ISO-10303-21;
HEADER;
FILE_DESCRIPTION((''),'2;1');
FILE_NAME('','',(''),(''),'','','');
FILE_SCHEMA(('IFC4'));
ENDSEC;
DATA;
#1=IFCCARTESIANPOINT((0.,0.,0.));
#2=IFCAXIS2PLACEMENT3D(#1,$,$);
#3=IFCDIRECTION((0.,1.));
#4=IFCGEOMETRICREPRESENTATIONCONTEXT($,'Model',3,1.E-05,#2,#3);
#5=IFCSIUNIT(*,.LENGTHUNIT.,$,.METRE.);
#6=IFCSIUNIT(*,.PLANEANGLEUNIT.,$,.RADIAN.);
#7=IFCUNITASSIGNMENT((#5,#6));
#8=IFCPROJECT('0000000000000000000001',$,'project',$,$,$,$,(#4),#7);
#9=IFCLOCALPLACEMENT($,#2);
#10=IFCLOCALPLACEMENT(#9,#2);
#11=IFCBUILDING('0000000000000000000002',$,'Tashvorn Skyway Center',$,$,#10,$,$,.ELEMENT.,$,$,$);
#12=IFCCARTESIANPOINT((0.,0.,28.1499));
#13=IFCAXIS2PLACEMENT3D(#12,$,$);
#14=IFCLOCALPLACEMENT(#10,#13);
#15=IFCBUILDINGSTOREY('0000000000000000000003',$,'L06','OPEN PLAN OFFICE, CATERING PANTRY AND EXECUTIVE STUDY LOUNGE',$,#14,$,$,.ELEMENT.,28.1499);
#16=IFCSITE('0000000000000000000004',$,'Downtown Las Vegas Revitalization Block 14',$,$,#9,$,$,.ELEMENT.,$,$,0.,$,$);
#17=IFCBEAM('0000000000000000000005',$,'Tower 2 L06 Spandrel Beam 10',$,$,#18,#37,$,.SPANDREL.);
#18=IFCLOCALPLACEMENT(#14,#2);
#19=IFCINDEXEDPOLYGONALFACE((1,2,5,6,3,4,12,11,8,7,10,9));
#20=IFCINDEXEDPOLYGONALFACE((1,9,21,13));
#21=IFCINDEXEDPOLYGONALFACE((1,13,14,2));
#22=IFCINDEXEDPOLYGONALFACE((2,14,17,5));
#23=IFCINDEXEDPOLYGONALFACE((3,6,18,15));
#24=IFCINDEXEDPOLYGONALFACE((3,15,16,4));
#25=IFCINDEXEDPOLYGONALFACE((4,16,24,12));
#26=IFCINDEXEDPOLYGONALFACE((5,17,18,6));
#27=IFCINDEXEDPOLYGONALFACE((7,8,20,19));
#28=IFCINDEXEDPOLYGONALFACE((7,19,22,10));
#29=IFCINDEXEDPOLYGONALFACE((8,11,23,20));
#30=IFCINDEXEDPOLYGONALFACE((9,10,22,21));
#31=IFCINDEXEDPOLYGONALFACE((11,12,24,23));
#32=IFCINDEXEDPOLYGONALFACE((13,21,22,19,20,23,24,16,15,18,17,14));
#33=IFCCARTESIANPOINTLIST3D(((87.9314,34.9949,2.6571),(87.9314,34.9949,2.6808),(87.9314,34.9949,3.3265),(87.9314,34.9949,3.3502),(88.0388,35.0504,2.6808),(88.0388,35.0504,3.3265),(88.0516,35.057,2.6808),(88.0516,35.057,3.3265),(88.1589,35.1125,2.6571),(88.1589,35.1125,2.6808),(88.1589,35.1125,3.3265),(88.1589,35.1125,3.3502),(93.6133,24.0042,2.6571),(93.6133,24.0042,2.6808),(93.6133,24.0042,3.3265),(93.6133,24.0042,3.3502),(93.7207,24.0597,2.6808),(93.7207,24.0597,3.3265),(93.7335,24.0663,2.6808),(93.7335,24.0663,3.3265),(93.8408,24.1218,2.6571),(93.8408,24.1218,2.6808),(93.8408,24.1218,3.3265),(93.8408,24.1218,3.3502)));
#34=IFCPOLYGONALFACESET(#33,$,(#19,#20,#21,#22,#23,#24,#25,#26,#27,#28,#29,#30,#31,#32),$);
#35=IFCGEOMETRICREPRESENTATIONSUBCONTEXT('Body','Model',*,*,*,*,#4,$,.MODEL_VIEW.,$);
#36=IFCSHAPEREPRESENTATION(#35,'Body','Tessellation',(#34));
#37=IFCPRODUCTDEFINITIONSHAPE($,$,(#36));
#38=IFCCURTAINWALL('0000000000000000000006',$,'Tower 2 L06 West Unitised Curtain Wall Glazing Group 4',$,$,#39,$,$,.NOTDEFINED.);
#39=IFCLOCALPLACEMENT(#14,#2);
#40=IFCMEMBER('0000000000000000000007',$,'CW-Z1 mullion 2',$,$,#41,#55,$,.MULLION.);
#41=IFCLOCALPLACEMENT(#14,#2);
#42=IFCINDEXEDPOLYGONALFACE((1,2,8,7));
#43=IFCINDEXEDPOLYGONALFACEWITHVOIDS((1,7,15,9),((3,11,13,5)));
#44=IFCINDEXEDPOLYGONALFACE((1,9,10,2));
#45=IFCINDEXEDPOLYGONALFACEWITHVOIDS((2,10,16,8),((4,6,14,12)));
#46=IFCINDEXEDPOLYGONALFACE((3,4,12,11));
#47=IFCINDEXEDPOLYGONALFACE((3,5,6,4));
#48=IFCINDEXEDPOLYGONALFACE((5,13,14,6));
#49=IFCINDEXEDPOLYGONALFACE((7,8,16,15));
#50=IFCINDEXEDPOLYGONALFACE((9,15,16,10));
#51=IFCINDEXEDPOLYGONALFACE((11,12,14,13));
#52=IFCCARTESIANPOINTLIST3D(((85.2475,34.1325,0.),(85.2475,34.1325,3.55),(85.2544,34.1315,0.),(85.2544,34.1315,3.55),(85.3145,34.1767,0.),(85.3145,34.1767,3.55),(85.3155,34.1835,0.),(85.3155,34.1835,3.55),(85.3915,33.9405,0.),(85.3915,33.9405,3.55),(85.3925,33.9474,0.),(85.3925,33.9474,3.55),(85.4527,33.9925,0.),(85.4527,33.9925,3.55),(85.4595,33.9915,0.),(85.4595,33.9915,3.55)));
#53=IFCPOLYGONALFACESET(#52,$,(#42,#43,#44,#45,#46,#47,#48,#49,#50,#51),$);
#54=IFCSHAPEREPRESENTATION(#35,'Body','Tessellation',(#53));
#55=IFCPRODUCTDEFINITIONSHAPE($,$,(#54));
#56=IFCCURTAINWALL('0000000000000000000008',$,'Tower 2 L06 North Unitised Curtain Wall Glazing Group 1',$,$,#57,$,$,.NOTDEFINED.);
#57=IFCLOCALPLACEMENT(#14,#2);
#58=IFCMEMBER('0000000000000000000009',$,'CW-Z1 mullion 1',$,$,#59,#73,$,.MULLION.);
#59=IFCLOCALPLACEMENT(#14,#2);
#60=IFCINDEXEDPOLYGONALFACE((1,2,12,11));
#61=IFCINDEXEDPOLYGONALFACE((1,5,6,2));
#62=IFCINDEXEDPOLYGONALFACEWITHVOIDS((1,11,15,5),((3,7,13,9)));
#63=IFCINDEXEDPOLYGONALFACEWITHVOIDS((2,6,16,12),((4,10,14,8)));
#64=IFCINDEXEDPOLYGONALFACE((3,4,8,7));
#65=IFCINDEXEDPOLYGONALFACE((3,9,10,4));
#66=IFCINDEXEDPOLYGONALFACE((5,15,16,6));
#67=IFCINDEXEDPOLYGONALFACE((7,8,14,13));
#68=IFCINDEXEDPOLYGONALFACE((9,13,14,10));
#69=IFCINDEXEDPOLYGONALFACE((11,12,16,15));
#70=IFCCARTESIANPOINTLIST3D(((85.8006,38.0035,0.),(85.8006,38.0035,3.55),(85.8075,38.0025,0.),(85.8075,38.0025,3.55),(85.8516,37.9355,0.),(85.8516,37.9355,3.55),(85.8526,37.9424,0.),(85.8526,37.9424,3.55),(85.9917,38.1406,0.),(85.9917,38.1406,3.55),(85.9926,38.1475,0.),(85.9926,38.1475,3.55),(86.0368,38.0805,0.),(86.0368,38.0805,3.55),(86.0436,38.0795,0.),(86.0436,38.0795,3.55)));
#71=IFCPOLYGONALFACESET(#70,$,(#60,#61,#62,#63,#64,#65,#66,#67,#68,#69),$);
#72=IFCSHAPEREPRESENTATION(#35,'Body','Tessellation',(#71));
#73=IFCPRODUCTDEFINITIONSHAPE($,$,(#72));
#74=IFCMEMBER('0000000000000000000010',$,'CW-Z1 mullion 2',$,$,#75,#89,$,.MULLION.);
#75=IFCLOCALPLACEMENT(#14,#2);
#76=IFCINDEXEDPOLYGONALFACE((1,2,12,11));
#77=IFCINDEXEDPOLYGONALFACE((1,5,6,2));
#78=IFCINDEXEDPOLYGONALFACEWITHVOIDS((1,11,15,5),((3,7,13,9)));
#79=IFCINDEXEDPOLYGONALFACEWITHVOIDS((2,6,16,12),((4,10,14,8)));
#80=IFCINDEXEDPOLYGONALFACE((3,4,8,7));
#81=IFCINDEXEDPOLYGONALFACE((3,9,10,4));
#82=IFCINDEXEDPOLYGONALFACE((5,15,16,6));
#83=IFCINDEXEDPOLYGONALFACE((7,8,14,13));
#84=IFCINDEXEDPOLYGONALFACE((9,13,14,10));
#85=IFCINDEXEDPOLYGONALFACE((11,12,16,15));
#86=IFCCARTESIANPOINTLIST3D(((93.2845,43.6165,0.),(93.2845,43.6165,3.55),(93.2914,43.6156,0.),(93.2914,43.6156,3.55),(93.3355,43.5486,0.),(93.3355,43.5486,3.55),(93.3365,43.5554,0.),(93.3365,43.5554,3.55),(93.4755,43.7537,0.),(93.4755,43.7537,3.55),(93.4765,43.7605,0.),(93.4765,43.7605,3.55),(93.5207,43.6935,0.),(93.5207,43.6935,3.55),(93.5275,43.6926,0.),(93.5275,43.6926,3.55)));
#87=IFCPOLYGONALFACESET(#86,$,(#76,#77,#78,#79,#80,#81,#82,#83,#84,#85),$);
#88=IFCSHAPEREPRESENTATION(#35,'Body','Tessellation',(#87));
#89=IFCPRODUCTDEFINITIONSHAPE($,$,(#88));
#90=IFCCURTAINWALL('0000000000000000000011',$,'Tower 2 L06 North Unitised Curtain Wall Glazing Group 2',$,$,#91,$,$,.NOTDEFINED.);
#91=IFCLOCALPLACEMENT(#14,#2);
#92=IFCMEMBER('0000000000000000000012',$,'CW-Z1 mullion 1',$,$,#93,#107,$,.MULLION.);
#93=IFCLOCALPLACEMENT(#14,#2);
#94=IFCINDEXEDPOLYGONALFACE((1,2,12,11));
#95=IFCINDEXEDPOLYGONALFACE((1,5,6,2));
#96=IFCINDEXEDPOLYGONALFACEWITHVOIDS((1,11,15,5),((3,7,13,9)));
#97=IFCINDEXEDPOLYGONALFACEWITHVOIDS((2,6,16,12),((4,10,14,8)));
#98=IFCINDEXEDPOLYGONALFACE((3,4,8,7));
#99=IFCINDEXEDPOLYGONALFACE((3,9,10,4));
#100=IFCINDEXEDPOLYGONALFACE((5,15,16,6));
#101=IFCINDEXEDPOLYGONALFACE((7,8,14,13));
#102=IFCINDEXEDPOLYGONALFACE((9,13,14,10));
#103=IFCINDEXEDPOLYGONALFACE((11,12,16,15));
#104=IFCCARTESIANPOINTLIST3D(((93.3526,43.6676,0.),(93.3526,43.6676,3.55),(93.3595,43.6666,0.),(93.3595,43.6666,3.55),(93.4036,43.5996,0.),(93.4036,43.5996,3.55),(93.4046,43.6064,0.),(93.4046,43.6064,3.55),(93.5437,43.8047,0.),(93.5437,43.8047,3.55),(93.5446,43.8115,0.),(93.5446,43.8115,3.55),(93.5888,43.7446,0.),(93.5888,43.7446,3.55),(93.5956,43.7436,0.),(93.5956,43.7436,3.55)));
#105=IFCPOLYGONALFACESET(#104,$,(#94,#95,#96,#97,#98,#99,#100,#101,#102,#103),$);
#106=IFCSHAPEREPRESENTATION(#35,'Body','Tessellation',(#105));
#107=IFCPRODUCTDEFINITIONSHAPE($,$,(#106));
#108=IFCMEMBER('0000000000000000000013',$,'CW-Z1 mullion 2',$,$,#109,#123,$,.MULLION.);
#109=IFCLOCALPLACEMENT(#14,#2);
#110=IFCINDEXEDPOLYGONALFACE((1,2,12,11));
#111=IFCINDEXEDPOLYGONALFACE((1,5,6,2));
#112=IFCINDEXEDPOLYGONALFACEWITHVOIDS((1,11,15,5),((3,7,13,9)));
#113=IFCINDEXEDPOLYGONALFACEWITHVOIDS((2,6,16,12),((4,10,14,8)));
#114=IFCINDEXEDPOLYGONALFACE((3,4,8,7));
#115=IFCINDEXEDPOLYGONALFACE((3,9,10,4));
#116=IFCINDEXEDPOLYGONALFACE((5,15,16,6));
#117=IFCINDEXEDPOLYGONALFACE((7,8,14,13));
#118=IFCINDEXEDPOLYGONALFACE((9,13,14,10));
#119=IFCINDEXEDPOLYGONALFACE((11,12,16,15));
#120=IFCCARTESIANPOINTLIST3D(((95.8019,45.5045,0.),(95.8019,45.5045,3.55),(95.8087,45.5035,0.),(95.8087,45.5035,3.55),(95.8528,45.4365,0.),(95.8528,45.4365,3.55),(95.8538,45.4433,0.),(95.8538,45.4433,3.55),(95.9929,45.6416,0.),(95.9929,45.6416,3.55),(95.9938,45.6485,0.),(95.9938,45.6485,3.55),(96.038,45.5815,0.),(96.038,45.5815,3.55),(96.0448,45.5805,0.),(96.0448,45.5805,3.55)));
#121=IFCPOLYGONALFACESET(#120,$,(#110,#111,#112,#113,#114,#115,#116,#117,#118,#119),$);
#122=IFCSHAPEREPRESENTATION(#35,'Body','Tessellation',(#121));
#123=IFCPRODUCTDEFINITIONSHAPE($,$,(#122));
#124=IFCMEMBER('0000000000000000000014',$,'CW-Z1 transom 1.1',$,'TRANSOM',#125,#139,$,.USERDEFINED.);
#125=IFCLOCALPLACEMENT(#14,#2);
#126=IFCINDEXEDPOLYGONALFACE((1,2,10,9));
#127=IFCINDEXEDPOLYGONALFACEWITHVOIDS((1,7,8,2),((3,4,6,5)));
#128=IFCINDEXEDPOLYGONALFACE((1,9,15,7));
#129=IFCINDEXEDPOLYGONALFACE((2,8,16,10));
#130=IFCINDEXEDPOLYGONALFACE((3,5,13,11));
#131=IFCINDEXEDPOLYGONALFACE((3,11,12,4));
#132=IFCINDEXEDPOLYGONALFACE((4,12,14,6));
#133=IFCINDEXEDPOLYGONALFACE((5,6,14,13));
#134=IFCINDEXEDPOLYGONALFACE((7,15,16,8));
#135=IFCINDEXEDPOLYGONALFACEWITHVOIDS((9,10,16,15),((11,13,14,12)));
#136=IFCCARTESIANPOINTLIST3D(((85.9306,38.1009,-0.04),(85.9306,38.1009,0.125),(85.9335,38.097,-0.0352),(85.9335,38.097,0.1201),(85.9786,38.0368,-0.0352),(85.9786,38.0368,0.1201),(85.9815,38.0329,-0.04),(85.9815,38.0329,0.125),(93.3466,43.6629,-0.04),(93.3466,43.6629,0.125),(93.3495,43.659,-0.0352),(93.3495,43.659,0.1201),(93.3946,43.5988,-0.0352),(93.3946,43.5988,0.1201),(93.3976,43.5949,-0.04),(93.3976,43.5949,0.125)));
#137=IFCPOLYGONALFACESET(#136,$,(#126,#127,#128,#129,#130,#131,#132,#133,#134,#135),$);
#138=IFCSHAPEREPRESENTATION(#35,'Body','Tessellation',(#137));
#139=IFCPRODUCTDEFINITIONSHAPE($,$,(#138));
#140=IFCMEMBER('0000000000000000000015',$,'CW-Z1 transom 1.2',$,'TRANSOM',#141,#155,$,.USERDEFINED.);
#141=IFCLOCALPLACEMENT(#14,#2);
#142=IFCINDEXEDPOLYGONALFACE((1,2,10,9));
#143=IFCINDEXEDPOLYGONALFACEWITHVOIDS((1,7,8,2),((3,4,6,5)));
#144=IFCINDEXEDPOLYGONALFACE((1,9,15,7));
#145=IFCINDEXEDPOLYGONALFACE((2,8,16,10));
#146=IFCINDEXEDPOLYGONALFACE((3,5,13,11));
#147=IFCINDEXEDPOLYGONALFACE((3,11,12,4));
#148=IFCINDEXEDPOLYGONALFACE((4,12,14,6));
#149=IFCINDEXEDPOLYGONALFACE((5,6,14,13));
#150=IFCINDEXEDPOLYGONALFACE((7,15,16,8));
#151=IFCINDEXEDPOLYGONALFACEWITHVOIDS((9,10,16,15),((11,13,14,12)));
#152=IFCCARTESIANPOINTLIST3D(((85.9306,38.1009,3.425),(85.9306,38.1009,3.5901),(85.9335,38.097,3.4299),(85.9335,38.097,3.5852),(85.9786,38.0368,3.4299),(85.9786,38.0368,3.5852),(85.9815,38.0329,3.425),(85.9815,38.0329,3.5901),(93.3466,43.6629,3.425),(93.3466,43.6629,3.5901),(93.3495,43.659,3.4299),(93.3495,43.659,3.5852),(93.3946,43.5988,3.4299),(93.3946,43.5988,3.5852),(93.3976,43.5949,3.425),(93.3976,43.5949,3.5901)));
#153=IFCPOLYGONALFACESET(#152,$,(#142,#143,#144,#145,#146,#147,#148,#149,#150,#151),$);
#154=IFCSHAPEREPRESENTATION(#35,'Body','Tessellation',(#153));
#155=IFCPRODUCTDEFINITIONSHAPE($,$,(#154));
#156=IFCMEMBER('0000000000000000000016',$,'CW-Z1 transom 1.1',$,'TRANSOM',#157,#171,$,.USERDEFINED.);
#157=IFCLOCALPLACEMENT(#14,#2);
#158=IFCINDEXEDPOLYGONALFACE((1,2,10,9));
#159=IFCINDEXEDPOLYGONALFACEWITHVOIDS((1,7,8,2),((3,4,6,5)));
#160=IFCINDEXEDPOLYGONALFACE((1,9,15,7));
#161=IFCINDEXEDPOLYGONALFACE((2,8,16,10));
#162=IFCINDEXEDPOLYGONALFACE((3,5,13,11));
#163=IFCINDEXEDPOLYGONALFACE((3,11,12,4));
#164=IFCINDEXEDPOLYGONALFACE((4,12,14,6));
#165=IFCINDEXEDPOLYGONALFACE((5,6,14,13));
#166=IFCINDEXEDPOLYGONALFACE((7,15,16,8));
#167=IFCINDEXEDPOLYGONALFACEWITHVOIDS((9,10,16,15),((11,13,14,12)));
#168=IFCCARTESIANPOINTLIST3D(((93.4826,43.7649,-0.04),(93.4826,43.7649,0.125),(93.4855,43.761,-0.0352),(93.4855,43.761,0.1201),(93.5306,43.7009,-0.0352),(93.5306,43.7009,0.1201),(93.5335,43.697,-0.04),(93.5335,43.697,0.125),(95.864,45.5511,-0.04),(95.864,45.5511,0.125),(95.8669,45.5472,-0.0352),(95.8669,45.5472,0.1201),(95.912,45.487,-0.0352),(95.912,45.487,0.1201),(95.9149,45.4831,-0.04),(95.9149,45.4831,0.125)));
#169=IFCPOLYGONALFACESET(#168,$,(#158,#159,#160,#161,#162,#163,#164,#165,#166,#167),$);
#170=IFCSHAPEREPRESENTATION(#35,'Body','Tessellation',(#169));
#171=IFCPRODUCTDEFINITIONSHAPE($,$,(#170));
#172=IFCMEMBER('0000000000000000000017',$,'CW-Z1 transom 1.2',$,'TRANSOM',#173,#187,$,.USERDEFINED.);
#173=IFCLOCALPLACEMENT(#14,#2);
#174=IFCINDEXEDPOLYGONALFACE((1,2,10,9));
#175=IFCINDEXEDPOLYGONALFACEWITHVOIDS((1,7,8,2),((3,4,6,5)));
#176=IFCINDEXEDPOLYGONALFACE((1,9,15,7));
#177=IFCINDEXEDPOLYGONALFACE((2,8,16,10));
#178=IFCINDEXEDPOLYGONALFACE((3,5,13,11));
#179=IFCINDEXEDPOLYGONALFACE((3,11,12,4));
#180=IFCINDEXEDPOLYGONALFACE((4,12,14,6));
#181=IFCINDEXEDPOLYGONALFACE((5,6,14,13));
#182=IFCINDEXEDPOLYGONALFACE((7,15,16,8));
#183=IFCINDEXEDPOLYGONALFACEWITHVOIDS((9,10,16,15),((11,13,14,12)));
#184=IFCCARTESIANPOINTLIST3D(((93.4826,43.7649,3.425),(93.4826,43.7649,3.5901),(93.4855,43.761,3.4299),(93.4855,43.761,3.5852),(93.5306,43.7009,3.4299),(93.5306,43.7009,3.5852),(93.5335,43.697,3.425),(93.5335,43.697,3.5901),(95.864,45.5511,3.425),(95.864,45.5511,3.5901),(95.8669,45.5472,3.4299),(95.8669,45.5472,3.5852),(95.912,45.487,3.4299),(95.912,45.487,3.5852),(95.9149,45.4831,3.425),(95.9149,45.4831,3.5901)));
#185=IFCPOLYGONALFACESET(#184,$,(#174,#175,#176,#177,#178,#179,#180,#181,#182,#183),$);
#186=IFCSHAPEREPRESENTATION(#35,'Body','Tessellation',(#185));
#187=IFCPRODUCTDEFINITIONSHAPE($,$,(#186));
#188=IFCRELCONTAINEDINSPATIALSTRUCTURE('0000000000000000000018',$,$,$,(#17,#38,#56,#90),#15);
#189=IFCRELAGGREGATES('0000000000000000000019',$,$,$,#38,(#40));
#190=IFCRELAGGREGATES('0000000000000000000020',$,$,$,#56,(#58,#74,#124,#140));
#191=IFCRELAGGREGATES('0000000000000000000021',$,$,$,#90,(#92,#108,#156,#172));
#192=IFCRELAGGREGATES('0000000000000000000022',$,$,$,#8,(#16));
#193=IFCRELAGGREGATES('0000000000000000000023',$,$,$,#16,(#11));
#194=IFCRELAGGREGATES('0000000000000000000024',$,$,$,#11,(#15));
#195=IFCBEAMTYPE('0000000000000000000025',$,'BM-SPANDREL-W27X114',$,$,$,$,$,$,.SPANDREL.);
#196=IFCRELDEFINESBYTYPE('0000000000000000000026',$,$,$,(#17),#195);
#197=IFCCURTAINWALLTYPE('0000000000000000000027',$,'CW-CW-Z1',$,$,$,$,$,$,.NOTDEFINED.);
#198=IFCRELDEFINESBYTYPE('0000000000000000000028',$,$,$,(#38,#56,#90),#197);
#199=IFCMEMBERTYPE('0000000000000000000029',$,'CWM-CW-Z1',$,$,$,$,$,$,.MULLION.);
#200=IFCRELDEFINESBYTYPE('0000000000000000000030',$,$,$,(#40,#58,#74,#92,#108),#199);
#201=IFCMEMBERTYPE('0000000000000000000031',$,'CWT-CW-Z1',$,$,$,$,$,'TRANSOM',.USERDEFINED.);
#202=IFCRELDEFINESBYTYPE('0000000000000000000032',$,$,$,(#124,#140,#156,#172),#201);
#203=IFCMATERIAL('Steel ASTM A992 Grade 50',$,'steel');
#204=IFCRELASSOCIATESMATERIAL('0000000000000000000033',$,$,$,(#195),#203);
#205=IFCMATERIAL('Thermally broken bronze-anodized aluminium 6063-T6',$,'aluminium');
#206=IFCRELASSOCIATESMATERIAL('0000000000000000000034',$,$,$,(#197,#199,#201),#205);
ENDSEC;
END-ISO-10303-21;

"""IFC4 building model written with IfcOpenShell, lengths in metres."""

from ifc_helpers import new_model, si_unit, direction, frame, origin, origin_2d, place, context, subcontext, project, spatial, hollow_rectangle, i_section, extrude, material, material_profile, profile_set, type_object, element, aggregate, save


model = new_model("IFC4")

# Units and contexts
model_context = context("Model", 3, precision=1e-05, world=origin(), true_north=direction((0.0, 1.0)))
body_context = subcontext(model_context, "Body", "Model", "MODEL_VIEW")
ifc_project = project(units=[si_unit("LENGTHUNIT", "METRE"), si_unit("PLANEANGLEUNIT", "RADIAN")], contexts=[model_context])

# Site, building, storey
site_placement = place(None, origin())
site = spatial("IfcSite", under=ifc_project, at=site_placement, Name="Downtown Las Vegas Revitalization Block 14", CompositionType="ELEMENT", RefElevation=0.0)
building_placement = place(site_placement, origin())
building = spatial("IfcBuilding", under=site, at=building_placement, Name="Tashvorn Skyway Center", CompositionType="ELEMENT")
storey_placement = place(building_placement, frame((0.0, 0.0, 28.1499)))
storey = spatial("IfcBuildingStorey", under=building, at=storey_placement, Name="L06", Description="OPEN PLAN OFFICE, CATERING PANTRY AND EXECUTIVE STUDY LOUNGE", CompositionType="ELEMENT", Elevation=28.1499)

# Beam
ifc_material_1 = material(Name="Steel ASTM A992 Grade 50", Category="steel")
ifc_material_profile_1 = material_profile(ifc_material_1, i_section(OverallWidth=0.2561, OverallDepth=0.6931, WebThickness=0.0144, FlangeThickness=0.0237, at=origin_2d()), Name="W27X114")
ifc_profile_set_1 = profile_set([ifc_material_profile_1], Name="Steel ASTM A992 Grade 50")
beam_type_1 = type_object("IfcBeamType", Name="BM-SPANDREL-W27X114", PredefinedType="SPANDREL", material=ifc_profile_set_1)
for number, where, z_axis, x_axis, name in (
    (1, (88.0452, 35.0537, 3.0037), (0.459233, -0.888316, 0.0), (0.888316, 0.459233, 0.0), "Tower 2 L06 Spandrel Beam 10"),
):
    element("IfcBeam", number, at=place(storey_placement, frame(where, z_axis=z_axis, x_axis=x_axis)), inside=storey, type_object=beam_type_1, Name=name, PredefinedType="SPANDREL", context=body_context, shape_type="SweptSolid", body=[
        extrude(i_section(OverallWidth=0.2561, OverallDepth=0.6931, WebThickness=0.0144, FlangeThickness=0.0237, at=origin_2d()), origin(), (0.0, 0.0, 1.0), 12.3726),
    ])

# Curtain wall, member
ifc_material_2 = material(Name="Thermally broken bronze-anodized aluminium 6063-T6", Category="aluminium")
curtain_wall_type = type_object("IfcCurtainWallType", Name="CW-CW-Z1", PredefinedType="NOTDEFINED", material=ifc_material_2)
curtain_wall_1_placement = place(storey_placement, origin())
curtain_wall_1 = element("IfcCurtainWall", 2, at=curtain_wall_1_placement, inside=storey, type_object=curtain_wall_type, Name="Tower 2 L06 West Unitised Curtain Wall Glazing Group 4", PredefinedType="NOTDEFINED")
ifc_material_profile_2 = material_profile(ifc_material_2, hollow_rectangle(XDim=0.085, YDim=0.24, WallThickness=0.0049, at=origin_2d()), Name="ALU-MULL-85x240")
ifc_profile_set_2 = profile_set([ifc_material_profile_2], Name="Thermally broken bronze-anodized aluminium 6063-T6")
member_type_1 = type_object("IfcMemberType", Name="CWM-CW-Z1", PredefinedType="MULLION", material=ifc_profile_set_2)
member_1_placement = place(storey_placement, frame((85.3535, 34.062, 0.0), z_axis=(0.0, 0.0, 1.0), x_axis=(-0.8, -0.6, 0.0)))
member_1 = element("IfcMember", 3, at=member_1_placement, type_object=member_type_1, Name="CW-Z1 mullion 2", PredefinedType="MULLION", context=body_context, shape_type="SweptSolid", body=[
    extrude(hollow_rectangle(XDim=0.085, YDim=0.24, WallThickness=0.0049, at=origin_2d()), origin(), (0.0, 0.0, 1.0), 3.55),
])
aggregate(curtain_wall_1, [member_1])

# Curtain walls, members
curtain_wall_2_placement = place(storey_placement, origin())
curtain_wall_2 = element("IfcCurtainWall", 4, at=curtain_wall_2_placement, inside=storey, type_object=curtain_wall_type, Name="Tower 2 L06 North Unitised Curtain Wall Glazing Group 1", PredefinedType="NOTDEFINED")
member_2_placement = place(storey_placement, frame((85.9221, 38.0415, 0.0), z_axis=(0.0, 0.0, 1.0), x_axis=(-0.6, 0.8, 0.0)))
member_2 = element("IfcMember", 5, at=member_2_placement, type_object=member_type_1, Name="CW-Z1 mullion 1", PredefinedType="MULLION", context=body_context, shape_type="SweptSolid", body=[
    extrude(hollow_rectangle(XDim=0.085, YDim=0.24, WallThickness=0.0049, at=origin_2d()), origin(), (0.0, 0.0, 1.0), 3.55),
])
member_3_placement = place(storey_placement, frame((93.406, 43.6545, 0.0), z_axis=(0.0, 0.0, 1.0), x_axis=(-0.6, 0.8, 0.0)))
member_3 = element("IfcMember", 6, at=member_3_placement, type_object=member_type_1, Name="CW-Z1 mullion 2", PredefinedType="MULLION", context=body_context, shape_type="SweptSolid", body=[
    extrude(hollow_rectangle(XDim=0.085, YDim=0.24, WallThickness=0.0049, at=origin_2d()), origin(), (0.0, 0.0, 1.0), 3.55),
])
curtain_wall_3_placement = place(storey_placement, origin())
curtain_wall_3 = element("IfcCurtainWall", 7, at=curtain_wall_3_placement, inside=storey, type_object=curtain_wall_type, Name="Tower 2 L06 North Unitised Curtain Wall Glazing Group 2", PredefinedType="NOTDEFINED")
member_4_placement = place(storey_placement, frame((93.4741, 43.7056, 0.0), z_axis=(0.0, 0.0, 1.0), x_axis=(-0.600005, 0.799996, 0.0)))
member_4 = element("IfcMember", 8, at=member_4_placement, type_object=member_type_1, Name="CW-Z1 mullion 1", PredefinedType="MULLION", context=body_context, shape_type="SweptSolid", body=[
    extrude(hollow_rectangle(XDim=0.085, YDim=0.24, WallThickness=0.0049, at=origin_2d()), origin(), (0.0, 0.0, 1.0), 3.55),
])
member_5_placement = place(storey_placement, frame((95.9233, 45.5425, 0.0), z_axis=(0.0, 0.0, 1.0), x_axis=(-0.600005, 0.799996, 0.0)))
member_5 = element("IfcMember", 9, at=member_5_placement, type_object=member_type_1, Name="CW-Z1 mullion 2", PredefinedType="MULLION", context=body_context, shape_type="SweptSolid", body=[
    extrude(hollow_rectangle(XDim=0.085, YDim=0.24, WallThickness=0.0049, at=origin_2d()), origin(), (0.0, 0.0, 1.0), 3.55),
])

# Members
ifc_material_profile_3 = material_profile(ifc_material_2, hollow_rectangle(XDim=0.085, YDim=0.165, WallThickness=0.0049, at=origin_2d()), Name="ALU-TRAN-85x165")
ifc_profile_set_3 = profile_set([ifc_material_profile_3], Name="Thermally broken bronze-anodized aluminium 6063-T6")
member_type_2 = type_object("IfcMemberType", Name="CWT-CW-Z1", ElementType="TRANSOM", PredefinedType="USERDEFINED", material=ifc_profile_set_3)
member_6_placement = place(storey_placement, frame((85.9561, 38.0669, 0.0425), z_axis=(0.8, 0.6, 0.0), x_axis=(-0.6, 0.8, 0.0)))
member_6 = element("IfcMember", 10, at=member_6_placement, type_object=member_type_2, Name="CW-Z1 transom 1.1", ObjectType="TRANSOM", PredefinedType="USERDEFINED", context=body_context, shape_type="SweptSolid", body=[
    extrude(hollow_rectangle(XDim=0.085, YDim=0.165, WallThickness=0.0049, at=origin_2d()), origin(), (0.0, 0.0, 1.0), 9.27),
])
member_7_placement = place(storey_placement, frame((85.9561, 38.0669, 3.5076), z_axis=(0.8, 0.6, 0.0), x_axis=(-0.6, 0.8, 0.0)))
member_7 = element("IfcMember", 11, at=member_7_placement, type_object=member_type_2, Name="CW-Z1 transom 1.2", ObjectType="TRANSOM", PredefinedType="USERDEFINED", context=body_context, shape_type="SweptSolid", body=[
    extrude(hollow_rectangle(XDim=0.085, YDim=0.165, WallThickness=0.0049, at=origin_2d()), origin(), (0.0, 0.0, 1.0), 9.27),
])
member_8_placement = place(storey_placement, frame((93.5081, 43.731, 0.0425), z_axis=(0.79998, 0.600026, 0.0), x_axis=(-0.600026, 0.79998, 0.0)))
member_8 = element("IfcMember", 12, at=member_8_placement, type_object=member_type_2, Name="CW-Z1 transom 1.1", ObjectType="TRANSOM", PredefinedType="USERDEFINED", context=body_context, shape_type="SweptSolid", body=[
    extrude(hollow_rectangle(XDim=0.085, YDim=0.165, WallThickness=0.0049, at=origin_2d()), origin(), (0.0, 0.0, 1.0), 2.9768),
])
member_9_placement = place(storey_placement, frame((93.5081, 43.731, 3.5076), z_axis=(0.79998, 0.600026, 0.0), x_axis=(-0.600026, 0.79998, 0.0)))
member_9 = element("IfcMember", 13, at=member_9_placement, type_object=member_type_2, Name="CW-Z1 transom 1.2", ObjectType="TRANSOM", PredefinedType="USERDEFINED", context=body_context, shape_type="SweptSolid", body=[
    extrude(hollow_rectangle(XDim=0.085, YDim=0.165, WallThickness=0.0049, at=origin_2d()), origin(), (0.0, 0.0, 1.0), 2.9768),
])

aggregate(curtain_wall_2, [member_2, member_3, member_6, member_7])
aggregate(curtain_wall_3, [member_4, member_5, member_8, member_9])

save(model, "model.ifc")
